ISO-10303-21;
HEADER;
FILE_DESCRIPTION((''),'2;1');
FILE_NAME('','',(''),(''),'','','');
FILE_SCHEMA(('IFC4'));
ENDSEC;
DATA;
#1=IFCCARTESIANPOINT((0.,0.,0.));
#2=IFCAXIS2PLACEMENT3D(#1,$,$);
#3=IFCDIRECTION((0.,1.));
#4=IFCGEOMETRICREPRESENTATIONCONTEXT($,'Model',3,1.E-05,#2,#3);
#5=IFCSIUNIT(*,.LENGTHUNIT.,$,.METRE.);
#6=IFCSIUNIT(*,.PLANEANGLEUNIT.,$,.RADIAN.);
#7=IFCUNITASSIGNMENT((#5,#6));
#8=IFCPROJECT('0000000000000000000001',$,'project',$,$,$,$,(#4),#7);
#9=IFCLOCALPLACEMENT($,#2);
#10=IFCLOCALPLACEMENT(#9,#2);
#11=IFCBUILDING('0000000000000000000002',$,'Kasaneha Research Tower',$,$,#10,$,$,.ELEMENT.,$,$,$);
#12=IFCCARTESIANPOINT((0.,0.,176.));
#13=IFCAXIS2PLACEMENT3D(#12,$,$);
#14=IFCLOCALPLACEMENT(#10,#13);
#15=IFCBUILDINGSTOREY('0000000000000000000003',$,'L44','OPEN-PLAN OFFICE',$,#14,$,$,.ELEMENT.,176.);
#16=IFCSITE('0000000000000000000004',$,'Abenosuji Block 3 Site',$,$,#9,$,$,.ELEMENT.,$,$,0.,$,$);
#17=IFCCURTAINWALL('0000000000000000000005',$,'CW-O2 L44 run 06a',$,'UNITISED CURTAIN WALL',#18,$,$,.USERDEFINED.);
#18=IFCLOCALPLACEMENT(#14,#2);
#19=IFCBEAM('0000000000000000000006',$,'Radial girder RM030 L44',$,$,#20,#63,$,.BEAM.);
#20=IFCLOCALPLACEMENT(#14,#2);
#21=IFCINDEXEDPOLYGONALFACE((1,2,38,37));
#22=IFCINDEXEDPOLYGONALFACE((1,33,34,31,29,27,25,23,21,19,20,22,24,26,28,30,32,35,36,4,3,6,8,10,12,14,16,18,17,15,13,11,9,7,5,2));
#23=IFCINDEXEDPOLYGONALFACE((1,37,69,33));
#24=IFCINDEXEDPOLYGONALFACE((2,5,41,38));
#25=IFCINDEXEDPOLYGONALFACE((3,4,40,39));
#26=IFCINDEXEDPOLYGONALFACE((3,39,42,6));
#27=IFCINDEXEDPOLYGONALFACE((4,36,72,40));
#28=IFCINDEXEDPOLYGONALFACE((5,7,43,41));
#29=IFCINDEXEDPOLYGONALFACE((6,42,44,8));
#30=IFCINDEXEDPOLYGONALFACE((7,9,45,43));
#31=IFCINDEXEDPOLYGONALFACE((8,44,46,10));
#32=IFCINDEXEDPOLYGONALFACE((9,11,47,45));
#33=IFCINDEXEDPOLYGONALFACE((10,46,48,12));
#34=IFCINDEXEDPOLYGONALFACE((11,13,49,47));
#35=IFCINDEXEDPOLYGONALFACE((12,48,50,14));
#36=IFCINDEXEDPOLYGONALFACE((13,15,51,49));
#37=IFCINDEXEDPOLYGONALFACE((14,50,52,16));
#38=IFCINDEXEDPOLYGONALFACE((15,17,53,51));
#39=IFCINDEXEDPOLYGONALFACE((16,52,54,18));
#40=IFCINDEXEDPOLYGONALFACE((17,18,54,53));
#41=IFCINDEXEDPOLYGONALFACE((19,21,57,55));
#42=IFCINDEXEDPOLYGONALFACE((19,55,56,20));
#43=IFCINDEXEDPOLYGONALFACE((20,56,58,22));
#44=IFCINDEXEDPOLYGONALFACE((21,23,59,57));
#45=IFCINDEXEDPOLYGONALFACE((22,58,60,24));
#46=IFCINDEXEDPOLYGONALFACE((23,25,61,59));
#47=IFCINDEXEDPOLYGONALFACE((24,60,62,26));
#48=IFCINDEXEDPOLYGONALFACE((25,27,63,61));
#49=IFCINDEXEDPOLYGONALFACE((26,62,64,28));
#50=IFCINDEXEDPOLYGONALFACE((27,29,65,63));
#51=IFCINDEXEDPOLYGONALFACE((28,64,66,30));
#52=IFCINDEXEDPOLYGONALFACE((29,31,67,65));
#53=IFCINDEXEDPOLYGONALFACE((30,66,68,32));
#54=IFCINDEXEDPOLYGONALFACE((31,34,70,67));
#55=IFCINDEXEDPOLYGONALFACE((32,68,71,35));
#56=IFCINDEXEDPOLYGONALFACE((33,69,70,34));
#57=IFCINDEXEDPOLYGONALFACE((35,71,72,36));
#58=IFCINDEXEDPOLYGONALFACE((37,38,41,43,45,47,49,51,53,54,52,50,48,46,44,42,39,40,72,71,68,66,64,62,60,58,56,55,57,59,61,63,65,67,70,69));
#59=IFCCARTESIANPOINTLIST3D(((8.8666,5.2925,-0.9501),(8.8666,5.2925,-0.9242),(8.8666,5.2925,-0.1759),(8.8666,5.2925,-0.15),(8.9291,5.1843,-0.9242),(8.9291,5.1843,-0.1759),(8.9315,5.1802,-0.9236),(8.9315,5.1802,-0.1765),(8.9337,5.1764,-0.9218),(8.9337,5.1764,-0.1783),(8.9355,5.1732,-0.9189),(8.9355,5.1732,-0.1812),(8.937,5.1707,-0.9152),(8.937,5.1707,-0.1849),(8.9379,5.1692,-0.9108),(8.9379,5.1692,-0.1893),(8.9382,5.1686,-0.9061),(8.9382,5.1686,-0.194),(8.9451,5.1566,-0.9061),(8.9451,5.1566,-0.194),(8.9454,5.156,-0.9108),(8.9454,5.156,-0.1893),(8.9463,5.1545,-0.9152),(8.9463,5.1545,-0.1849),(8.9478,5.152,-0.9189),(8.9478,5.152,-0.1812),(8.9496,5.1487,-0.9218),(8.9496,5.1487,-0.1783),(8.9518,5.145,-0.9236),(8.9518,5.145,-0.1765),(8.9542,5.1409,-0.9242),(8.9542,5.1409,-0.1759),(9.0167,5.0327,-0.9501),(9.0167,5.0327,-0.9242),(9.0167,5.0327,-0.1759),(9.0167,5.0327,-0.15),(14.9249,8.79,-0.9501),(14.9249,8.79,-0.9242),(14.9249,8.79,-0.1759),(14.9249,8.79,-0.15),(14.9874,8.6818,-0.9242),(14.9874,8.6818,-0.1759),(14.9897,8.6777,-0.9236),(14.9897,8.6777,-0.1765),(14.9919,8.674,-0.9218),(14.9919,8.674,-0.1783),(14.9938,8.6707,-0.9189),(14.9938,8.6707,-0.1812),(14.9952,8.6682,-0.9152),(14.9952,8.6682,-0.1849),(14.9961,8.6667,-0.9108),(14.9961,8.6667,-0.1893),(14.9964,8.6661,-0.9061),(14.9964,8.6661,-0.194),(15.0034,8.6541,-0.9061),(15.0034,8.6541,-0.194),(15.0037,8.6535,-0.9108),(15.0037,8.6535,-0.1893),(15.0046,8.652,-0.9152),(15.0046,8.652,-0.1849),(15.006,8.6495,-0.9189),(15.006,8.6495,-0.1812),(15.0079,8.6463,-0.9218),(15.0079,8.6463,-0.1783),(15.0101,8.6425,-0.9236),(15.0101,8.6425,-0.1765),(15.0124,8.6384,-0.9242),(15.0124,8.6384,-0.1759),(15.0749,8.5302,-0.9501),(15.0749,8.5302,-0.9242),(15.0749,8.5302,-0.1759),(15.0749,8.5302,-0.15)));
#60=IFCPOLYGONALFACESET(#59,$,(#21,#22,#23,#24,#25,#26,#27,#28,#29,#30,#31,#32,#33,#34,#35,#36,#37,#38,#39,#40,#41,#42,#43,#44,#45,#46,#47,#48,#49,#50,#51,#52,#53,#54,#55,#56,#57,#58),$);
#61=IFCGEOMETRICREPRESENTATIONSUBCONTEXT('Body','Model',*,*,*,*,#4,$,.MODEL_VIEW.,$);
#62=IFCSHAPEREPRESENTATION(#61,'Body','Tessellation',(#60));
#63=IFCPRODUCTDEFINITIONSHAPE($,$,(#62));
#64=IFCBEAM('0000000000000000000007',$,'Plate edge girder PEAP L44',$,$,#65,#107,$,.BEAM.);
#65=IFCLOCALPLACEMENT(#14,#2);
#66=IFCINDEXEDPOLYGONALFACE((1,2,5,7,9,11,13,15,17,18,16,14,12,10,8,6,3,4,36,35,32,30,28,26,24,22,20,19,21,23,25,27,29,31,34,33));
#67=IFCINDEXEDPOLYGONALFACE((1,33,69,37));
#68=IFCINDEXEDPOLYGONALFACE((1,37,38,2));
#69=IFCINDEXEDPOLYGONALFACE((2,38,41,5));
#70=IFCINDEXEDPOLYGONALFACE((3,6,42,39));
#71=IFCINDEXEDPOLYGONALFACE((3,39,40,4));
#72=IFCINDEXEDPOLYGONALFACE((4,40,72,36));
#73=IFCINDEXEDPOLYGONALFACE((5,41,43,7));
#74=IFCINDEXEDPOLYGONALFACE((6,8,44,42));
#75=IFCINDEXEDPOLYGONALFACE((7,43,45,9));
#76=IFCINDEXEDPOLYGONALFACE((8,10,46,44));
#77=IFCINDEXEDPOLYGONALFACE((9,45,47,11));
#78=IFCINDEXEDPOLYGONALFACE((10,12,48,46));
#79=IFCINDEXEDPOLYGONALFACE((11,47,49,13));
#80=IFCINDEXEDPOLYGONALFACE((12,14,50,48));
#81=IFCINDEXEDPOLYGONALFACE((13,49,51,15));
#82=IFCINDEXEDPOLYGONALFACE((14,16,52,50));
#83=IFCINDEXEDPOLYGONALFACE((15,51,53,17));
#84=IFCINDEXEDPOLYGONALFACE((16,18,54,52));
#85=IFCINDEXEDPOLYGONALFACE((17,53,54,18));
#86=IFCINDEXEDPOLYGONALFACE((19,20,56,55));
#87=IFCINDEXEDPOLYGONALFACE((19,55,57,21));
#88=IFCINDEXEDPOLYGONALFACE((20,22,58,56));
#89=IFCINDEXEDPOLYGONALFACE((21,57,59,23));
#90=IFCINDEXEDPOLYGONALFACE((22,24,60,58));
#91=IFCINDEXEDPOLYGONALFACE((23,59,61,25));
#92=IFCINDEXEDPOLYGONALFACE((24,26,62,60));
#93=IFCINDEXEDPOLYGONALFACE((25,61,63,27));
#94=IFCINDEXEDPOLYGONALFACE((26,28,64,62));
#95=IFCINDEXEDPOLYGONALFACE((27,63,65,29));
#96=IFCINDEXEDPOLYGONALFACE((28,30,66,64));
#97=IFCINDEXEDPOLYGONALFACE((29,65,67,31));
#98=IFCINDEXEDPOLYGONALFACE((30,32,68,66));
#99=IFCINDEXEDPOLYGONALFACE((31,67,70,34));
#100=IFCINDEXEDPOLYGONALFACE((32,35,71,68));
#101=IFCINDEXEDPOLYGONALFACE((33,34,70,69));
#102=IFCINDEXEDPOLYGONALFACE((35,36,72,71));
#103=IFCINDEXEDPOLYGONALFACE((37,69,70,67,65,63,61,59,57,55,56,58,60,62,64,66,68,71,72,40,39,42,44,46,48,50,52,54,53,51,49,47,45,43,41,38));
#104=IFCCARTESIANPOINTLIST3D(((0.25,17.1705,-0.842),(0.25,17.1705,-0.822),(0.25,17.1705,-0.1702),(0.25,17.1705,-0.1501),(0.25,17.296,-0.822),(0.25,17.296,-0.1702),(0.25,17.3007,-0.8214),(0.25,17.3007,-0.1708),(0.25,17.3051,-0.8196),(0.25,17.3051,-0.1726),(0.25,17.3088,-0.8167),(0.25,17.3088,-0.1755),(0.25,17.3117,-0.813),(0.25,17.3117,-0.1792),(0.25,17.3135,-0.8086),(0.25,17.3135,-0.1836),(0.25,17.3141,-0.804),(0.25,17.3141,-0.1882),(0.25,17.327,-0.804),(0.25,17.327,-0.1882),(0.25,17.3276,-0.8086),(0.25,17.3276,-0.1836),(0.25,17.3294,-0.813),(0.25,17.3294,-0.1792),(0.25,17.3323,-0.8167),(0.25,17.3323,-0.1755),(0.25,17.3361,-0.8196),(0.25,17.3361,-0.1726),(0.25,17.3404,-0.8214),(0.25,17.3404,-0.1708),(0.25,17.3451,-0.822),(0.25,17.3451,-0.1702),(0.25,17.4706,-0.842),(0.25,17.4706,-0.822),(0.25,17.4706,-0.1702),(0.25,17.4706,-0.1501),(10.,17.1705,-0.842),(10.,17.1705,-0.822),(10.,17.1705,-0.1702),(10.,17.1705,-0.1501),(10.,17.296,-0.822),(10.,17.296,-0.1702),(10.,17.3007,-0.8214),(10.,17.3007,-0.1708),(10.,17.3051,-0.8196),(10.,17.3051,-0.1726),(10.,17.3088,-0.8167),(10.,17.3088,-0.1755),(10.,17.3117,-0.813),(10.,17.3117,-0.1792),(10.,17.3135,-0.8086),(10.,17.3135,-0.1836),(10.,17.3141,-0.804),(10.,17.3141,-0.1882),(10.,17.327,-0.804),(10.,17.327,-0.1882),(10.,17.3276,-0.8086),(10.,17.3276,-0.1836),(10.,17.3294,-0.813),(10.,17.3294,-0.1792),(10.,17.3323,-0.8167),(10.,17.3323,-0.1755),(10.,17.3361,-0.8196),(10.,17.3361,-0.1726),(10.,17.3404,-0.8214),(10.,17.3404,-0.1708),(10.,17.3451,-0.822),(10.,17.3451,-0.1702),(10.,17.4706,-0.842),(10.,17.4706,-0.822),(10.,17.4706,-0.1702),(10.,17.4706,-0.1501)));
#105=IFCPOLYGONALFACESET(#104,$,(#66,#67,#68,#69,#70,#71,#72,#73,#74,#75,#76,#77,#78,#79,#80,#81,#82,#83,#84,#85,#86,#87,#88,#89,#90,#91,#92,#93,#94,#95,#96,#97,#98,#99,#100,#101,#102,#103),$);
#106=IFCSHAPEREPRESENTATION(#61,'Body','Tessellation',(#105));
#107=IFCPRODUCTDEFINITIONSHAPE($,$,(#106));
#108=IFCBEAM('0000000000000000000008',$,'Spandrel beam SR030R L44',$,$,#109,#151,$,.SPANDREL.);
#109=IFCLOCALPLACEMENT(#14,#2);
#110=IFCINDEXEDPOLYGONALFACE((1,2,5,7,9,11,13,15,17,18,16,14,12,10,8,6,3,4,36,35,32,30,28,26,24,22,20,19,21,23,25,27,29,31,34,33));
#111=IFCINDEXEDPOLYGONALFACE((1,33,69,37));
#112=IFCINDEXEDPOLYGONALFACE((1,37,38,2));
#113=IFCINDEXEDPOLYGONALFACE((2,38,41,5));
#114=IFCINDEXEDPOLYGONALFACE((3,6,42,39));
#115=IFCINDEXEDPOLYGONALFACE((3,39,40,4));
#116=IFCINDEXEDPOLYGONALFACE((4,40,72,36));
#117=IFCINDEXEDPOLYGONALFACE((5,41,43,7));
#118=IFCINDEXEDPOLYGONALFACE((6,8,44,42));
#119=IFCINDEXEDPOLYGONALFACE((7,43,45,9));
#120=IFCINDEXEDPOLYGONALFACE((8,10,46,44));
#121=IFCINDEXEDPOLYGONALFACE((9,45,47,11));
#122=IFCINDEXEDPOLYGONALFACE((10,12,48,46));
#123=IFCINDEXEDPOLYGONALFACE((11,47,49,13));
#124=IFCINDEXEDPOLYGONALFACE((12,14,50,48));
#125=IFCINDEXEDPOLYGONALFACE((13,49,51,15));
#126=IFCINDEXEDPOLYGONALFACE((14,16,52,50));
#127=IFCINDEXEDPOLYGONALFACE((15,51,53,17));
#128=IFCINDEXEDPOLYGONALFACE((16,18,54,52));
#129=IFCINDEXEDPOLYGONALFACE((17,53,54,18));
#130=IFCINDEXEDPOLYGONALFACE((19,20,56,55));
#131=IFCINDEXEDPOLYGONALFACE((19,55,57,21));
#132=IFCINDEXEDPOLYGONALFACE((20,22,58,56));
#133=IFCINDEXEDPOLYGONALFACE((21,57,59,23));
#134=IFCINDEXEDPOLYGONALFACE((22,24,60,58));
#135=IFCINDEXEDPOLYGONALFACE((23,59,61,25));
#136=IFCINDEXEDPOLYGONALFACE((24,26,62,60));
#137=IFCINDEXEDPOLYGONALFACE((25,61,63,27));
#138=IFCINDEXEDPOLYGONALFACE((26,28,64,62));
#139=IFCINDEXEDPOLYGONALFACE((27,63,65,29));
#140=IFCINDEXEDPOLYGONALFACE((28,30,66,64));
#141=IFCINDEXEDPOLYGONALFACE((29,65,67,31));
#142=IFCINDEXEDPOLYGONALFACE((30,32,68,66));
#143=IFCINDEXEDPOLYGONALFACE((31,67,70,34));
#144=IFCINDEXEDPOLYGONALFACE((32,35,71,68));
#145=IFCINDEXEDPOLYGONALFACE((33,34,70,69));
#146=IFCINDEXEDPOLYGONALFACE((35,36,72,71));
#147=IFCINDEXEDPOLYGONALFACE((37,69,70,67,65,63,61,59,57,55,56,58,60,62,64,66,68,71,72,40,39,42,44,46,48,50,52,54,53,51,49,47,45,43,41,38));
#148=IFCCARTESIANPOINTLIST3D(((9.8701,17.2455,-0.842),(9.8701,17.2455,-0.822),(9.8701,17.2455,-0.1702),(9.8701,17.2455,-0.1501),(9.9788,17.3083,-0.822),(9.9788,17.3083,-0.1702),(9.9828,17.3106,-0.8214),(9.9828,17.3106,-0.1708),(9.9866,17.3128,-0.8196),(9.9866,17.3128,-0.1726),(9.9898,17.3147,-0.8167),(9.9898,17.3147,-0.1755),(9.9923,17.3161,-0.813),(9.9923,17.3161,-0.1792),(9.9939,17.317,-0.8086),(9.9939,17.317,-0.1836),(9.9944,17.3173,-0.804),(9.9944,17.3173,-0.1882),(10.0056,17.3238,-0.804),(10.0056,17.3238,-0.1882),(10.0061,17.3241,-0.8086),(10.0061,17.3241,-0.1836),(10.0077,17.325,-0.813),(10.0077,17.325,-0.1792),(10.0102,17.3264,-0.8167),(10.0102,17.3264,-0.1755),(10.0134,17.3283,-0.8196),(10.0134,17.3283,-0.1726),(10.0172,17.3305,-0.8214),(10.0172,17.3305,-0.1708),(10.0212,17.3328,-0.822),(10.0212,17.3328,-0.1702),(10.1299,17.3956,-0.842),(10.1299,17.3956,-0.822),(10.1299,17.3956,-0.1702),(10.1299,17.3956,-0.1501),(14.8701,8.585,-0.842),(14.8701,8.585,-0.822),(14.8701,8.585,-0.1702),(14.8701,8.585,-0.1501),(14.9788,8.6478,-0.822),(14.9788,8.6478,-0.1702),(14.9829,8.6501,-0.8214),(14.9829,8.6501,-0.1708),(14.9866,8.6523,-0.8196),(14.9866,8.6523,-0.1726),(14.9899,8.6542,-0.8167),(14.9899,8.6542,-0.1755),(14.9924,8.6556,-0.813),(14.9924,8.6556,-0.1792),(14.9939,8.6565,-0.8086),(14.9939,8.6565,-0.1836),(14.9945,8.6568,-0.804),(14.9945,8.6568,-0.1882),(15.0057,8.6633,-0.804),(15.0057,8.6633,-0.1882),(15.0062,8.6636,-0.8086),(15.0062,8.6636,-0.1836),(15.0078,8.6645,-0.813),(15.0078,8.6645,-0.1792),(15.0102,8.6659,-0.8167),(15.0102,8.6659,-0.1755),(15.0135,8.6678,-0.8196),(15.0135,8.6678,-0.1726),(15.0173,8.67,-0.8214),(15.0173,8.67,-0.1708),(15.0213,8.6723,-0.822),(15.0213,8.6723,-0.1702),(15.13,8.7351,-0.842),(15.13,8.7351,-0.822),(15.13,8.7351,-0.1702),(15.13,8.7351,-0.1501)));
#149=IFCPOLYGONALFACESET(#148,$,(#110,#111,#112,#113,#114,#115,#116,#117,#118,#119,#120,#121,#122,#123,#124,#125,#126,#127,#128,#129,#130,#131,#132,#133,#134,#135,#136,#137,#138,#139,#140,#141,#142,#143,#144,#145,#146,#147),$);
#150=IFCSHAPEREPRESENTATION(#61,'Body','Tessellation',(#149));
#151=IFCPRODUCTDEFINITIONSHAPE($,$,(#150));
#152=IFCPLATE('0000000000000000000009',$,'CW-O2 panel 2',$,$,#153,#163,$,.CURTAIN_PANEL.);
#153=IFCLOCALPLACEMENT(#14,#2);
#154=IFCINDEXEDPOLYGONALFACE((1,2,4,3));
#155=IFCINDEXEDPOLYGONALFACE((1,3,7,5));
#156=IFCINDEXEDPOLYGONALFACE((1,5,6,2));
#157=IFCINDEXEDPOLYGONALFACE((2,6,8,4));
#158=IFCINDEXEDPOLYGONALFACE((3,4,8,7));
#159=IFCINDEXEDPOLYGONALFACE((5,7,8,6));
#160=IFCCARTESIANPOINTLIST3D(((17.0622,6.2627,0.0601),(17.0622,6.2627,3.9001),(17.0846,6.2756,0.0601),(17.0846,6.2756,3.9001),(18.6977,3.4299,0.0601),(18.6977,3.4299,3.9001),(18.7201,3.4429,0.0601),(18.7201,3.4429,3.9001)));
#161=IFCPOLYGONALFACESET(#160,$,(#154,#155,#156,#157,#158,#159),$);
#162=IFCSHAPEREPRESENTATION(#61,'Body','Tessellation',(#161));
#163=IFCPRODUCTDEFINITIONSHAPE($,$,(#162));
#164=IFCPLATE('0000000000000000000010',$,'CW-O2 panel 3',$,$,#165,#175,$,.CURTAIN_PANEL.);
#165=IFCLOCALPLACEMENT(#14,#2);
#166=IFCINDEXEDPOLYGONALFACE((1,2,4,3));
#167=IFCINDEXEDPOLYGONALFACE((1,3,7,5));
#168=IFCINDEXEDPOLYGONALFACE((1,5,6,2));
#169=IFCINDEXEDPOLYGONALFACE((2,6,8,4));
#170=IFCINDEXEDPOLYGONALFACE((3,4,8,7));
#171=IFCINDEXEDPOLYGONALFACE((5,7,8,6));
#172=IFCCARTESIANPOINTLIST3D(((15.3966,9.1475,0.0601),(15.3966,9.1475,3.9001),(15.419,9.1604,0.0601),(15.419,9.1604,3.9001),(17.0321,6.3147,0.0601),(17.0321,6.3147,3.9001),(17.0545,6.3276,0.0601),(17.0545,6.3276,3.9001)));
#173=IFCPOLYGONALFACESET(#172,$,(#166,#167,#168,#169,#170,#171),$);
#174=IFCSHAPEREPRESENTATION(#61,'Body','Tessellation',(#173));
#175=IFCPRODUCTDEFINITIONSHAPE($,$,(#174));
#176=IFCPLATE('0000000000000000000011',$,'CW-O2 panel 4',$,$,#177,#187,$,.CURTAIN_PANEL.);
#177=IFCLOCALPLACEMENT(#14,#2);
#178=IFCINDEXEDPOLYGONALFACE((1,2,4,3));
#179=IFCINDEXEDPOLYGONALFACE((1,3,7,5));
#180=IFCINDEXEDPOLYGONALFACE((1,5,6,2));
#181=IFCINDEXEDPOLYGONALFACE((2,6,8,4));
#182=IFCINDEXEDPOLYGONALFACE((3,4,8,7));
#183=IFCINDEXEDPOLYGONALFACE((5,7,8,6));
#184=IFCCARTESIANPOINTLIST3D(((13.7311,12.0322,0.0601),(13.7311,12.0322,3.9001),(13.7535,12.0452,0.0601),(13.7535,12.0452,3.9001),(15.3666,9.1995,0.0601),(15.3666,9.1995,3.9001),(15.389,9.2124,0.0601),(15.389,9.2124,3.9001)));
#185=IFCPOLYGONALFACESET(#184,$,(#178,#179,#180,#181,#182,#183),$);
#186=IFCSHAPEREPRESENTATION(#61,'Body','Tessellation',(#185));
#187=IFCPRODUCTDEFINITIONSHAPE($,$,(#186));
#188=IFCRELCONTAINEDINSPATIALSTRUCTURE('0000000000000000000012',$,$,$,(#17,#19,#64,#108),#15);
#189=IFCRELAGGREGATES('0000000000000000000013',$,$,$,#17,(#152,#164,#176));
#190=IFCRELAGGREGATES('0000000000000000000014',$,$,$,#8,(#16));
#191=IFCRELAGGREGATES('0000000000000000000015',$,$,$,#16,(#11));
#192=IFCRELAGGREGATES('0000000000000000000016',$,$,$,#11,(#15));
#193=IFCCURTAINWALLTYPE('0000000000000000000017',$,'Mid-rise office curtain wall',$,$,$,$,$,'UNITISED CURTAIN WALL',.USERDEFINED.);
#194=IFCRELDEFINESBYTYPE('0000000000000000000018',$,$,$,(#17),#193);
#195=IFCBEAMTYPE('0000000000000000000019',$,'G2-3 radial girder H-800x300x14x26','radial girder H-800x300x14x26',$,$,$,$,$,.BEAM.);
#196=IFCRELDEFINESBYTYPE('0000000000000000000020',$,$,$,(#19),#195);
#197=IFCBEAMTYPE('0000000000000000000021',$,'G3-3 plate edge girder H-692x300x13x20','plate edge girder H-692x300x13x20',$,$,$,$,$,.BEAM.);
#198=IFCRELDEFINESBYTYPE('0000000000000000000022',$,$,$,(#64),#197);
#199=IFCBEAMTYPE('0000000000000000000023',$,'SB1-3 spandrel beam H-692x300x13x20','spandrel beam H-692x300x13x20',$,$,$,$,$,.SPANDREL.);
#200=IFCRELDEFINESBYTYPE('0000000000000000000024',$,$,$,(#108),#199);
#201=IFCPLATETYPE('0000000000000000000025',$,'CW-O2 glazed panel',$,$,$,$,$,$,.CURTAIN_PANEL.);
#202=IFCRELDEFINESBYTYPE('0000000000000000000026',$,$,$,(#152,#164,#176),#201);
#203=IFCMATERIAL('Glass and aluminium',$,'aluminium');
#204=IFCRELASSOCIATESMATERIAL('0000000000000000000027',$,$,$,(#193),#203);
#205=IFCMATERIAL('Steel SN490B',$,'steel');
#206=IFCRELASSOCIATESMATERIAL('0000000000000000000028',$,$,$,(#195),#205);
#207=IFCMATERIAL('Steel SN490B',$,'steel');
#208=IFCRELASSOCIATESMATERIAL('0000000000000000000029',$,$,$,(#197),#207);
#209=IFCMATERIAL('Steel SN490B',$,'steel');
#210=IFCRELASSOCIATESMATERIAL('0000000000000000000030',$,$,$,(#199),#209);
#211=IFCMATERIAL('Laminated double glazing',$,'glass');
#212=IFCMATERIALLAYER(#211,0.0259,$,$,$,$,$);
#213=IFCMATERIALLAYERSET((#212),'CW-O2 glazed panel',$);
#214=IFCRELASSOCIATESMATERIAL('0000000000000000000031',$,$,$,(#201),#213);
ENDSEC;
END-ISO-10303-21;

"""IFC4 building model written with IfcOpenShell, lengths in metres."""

from ifc_helpers import new_model, si_unit, direction, frame, origin, origin_2d, place, context, subcontext, project, spatial, rectangle, i_section, extrude, material, layer, layer_set, material_profile, profile_set, type_object, element, aggregate, save


model = new_model("IFC4")

# Units and contexts
model_context = context("Model", 3, precision=1e-05, world=origin(), true_north=direction((0.0, 1.0)))
body_context = subcontext(model_context, "Body", "Model", "MODEL_VIEW")
ifc_project = project(units=[si_unit("LENGTHUNIT", "METRE"), si_unit("PLANEANGLEUNIT", "RADIAN")], contexts=[model_context])

# Site, building, storey
site_placement = place(None, origin())
site = spatial("IfcSite", under=ifc_project, at=site_placement, Name="Abenosuji Block 3 Site", CompositionType="ELEMENT", RefElevation=0.0)
building_placement = place(site_placement, origin())
building = spatial("IfcBuilding", under=site, at=building_placement, Name="Kasaneha Research Tower", CompositionType="ELEMENT")
storey_placement = place(building_placement, frame((0.0, 0.0, 176.0)))
storey = spatial("IfcBuildingStorey", under=building, at=storey_placement, Name="L44", Description="OPEN-PLAN OFFICE", CompositionType="ELEMENT", Elevation=176.0)

# Curtain wall
ifc_material_1 = material(Name="Glass and aluminium", Category="aluminium")
curtain_wall_type = type_object("IfcCurtainWallType", Name="Mid-rise office curtain wall", ElementType="UNITISED CURTAIN WALL", PredefinedType="USERDEFINED", material=ifc_material_1)
curtain_wall_1_placement = place(storey_placement, origin())
curtain_wall_1 = element("IfcCurtainWall", 1, at=curtain_wall_1_placement, inside=storey, type_object=curtain_wall_type, Name="CW-O2 L44 run 06a", ObjectType="UNITISED CURTAIN WALL", PredefinedType="USERDEFINED")

# Beams
ifc_material_2 = material(Name="Steel SN490B", Category="steel")
ifc_material_profile_1 = material_profile(ifc_material_2, i_section(OverallWidth=0.3, OverallDepth=0.8, WebThickness=0.0139, FlangeThickness=0.0259, FilletRadius=0.0181, at=origin_2d()), Name="H-800x300x14x26")
ifc_profile_set_1 = profile_set([ifc_material_profile_1], Name="Steel SN490B")
beam_type_1 = type_object("IfcBeamType", Name="G2-3 radial girder H-800x300x14x26", Description="radial girder H-800x300x14x26", PredefinedType="BEAM", material=ifc_profile_set_1)
beam_1_placement = place(storey_placement, frame((8.9417, 5.1626, -0.55), z_axis=(0.86604, 0.499975, 0.0), x_axis=(-0.499975, 0.86604, 0.0)))
element("IfcBeam", 2, at=beam_1_placement, inside=storey, type_object=beam_type_1, Name="Radial girder RM030 L44", PredefinedType="BEAM", context=body_context, shape_type="SweptSolid", body=[
    extrude(i_section(OverallWidth=0.3, OverallDepth=0.8, WebThickness=0.0139, FlangeThickness=0.0259, FilletRadius=0.0181, at=origin_2d()), origin(), (0.0, 0.0, 1.0), 6.9954),
])
ifc_material_3 = material(Name="Steel SN490B", Category="steel")
ifc_material_profile_2 = material_profile(ifc_material_3, i_section(OverallWidth=0.3, OverallDepth=0.6919, WebThickness=0.0129, FlangeThickness=0.02, FilletRadius=0.0181, at=origin_2d()), Name="H-692x300x13x20")
ifc_profile_set_2 = profile_set([ifc_material_profile_2], Name="Steel SN490B")
beam_type_2 = type_object("IfcBeamType", Name="G3-3 plate edge girder H-692x300x13x20", Description="plate edge girder H-692x300x13x20", PredefinedType="BEAM", material=ifc_profile_set_2)
beam_2_placement = place(storey_placement, frame((10.0, 17.3206, -0.4961), z_axis=(-1.0, 0.0, 0.0), x_axis=(0.0, -1.0, 0.0)))
element("IfcBeam", 3, at=beam_2_placement, inside=storey, type_object=beam_type_2, Name="Plate edge girder PEAP L44", PredefinedType="BEAM", context=body_context, shape_type="SweptSolid", body=[
    extrude(i_section(OverallWidth=0.3, OverallDepth=0.6919, WebThickness=0.0129, FlangeThickness=0.02, FilletRadius=0.0181, at=origin_2d()), origin(), (0.0, 0.0, 1.0), 9.75),
])
ifc_material_4 = material(Name="Steel SN490B", Category="steel")
ifc_material_profile_3 = material_profile(ifc_material_4, i_section(OverallWidth=0.3, OverallDepth=0.6919, WebThickness=0.0129, FlangeThickness=0.02, FilletRadius=0.0181, at=origin_2d()), Name="H-692x300x13x20")
ifc_profile_set_3 = profile_set([ifc_material_profile_3], Name="Steel SN490B")
beam_type_3 = type_object("IfcBeamType", Name="SB1-3 spandrel beam H-692x300x13x20", Description="spandrel beam H-692x300x13x20", PredefinedType="SPANDREL", material=ifc_profile_set_3)
beam_3_placement = place(storey_placement, frame((10.0, 17.3206, -0.4961), z_axis=(0.499994, -0.866029, 0.0), x_axis=(0.866029, 0.499994, 0.0)))
element("IfcBeam", 4, at=beam_3_placement, inside=storey, type_object=beam_type_3, Name="Spandrel beam SR030R L44", PredefinedType="SPANDREL", context=body_context, shape_type="SweptSolid", body=[
    extrude(i_section(OverallWidth=0.3, OverallDepth=0.6919, WebThickness=0.0129, FlangeThickness=0.02, FilletRadius=0.0181, at=origin_2d()), origin(), (0.0, 0.0, 1.0), 10.0002),
])

# Plates
ifc_material_5 = material(Name="Laminated double glazing", Category="glass")
ifc_layer_1 = layer(ifc_material_5, 0.0259)
ifc_layer_set_1 = layer_set([ifc_layer_1], Name="CW-O2 glazed panel")
plate_type = type_object("IfcPlateType", Name="CW-O2 glazed panel", PredefinedType="CURTAIN_PANEL", material=ifc_layer_set_1)
plate_1_placement = place(storey_placement, frame((17.8911, 4.8528, 0.0601), z_axis=(0.0, 0.0, 1.0), x_axis=(-0.5, 0.866025, 0.0)))
plate_1 = element("IfcPlate", 5, at=plate_1_placement, type_object=plate_type, Name="CW-O2 panel 2", PredefinedType="CURTAIN_PANEL", context=body_context, shape_type="SweptSolid", body=[
    extrude(rectangle(XDim=3.271, YDim=0.0259, at=origin_2d()), origin(), (0.0, 0.0, 1.0), 3.8401),
])
plate_2_placement = place(storey_placement, frame((16.2256, 7.7375, 0.0601), z_axis=(0.0, 0.0, 1.0), x_axis=(-0.5, 0.866025, 0.0)))
plate_2 = element("IfcPlate", 6, at=plate_2_placement, type_object=plate_type, Name="CW-O2 panel 3", PredefinedType="CURTAIN_PANEL", context=body_context, shape_type="SweptSolid", body=[
    extrude(rectangle(XDim=3.271, YDim=0.0259, at=origin_2d()), origin(), (0.0, 0.0, 1.0), 3.8401),
])
plate_3_placement = place(storey_placement, frame((14.5601, 10.6223, 0.0601), z_axis=(0.0, 0.0, 1.0), x_axis=(-0.5, 0.866025, 0.0)))
plate_3 = element("IfcPlate", 7, at=plate_3_placement, type_object=plate_type, Name="CW-O2 panel 4", PredefinedType="CURTAIN_PANEL", context=body_context, shape_type="SweptSolid", body=[
    extrude(rectangle(XDim=3.271, YDim=0.0259, at=origin_2d()), origin(), (0.0, 0.0, 1.0), 3.8401),
])
aggregate(curtain_wall_1, [plate_1, plate_2, plate_3])

save(model, "model.ifc")
